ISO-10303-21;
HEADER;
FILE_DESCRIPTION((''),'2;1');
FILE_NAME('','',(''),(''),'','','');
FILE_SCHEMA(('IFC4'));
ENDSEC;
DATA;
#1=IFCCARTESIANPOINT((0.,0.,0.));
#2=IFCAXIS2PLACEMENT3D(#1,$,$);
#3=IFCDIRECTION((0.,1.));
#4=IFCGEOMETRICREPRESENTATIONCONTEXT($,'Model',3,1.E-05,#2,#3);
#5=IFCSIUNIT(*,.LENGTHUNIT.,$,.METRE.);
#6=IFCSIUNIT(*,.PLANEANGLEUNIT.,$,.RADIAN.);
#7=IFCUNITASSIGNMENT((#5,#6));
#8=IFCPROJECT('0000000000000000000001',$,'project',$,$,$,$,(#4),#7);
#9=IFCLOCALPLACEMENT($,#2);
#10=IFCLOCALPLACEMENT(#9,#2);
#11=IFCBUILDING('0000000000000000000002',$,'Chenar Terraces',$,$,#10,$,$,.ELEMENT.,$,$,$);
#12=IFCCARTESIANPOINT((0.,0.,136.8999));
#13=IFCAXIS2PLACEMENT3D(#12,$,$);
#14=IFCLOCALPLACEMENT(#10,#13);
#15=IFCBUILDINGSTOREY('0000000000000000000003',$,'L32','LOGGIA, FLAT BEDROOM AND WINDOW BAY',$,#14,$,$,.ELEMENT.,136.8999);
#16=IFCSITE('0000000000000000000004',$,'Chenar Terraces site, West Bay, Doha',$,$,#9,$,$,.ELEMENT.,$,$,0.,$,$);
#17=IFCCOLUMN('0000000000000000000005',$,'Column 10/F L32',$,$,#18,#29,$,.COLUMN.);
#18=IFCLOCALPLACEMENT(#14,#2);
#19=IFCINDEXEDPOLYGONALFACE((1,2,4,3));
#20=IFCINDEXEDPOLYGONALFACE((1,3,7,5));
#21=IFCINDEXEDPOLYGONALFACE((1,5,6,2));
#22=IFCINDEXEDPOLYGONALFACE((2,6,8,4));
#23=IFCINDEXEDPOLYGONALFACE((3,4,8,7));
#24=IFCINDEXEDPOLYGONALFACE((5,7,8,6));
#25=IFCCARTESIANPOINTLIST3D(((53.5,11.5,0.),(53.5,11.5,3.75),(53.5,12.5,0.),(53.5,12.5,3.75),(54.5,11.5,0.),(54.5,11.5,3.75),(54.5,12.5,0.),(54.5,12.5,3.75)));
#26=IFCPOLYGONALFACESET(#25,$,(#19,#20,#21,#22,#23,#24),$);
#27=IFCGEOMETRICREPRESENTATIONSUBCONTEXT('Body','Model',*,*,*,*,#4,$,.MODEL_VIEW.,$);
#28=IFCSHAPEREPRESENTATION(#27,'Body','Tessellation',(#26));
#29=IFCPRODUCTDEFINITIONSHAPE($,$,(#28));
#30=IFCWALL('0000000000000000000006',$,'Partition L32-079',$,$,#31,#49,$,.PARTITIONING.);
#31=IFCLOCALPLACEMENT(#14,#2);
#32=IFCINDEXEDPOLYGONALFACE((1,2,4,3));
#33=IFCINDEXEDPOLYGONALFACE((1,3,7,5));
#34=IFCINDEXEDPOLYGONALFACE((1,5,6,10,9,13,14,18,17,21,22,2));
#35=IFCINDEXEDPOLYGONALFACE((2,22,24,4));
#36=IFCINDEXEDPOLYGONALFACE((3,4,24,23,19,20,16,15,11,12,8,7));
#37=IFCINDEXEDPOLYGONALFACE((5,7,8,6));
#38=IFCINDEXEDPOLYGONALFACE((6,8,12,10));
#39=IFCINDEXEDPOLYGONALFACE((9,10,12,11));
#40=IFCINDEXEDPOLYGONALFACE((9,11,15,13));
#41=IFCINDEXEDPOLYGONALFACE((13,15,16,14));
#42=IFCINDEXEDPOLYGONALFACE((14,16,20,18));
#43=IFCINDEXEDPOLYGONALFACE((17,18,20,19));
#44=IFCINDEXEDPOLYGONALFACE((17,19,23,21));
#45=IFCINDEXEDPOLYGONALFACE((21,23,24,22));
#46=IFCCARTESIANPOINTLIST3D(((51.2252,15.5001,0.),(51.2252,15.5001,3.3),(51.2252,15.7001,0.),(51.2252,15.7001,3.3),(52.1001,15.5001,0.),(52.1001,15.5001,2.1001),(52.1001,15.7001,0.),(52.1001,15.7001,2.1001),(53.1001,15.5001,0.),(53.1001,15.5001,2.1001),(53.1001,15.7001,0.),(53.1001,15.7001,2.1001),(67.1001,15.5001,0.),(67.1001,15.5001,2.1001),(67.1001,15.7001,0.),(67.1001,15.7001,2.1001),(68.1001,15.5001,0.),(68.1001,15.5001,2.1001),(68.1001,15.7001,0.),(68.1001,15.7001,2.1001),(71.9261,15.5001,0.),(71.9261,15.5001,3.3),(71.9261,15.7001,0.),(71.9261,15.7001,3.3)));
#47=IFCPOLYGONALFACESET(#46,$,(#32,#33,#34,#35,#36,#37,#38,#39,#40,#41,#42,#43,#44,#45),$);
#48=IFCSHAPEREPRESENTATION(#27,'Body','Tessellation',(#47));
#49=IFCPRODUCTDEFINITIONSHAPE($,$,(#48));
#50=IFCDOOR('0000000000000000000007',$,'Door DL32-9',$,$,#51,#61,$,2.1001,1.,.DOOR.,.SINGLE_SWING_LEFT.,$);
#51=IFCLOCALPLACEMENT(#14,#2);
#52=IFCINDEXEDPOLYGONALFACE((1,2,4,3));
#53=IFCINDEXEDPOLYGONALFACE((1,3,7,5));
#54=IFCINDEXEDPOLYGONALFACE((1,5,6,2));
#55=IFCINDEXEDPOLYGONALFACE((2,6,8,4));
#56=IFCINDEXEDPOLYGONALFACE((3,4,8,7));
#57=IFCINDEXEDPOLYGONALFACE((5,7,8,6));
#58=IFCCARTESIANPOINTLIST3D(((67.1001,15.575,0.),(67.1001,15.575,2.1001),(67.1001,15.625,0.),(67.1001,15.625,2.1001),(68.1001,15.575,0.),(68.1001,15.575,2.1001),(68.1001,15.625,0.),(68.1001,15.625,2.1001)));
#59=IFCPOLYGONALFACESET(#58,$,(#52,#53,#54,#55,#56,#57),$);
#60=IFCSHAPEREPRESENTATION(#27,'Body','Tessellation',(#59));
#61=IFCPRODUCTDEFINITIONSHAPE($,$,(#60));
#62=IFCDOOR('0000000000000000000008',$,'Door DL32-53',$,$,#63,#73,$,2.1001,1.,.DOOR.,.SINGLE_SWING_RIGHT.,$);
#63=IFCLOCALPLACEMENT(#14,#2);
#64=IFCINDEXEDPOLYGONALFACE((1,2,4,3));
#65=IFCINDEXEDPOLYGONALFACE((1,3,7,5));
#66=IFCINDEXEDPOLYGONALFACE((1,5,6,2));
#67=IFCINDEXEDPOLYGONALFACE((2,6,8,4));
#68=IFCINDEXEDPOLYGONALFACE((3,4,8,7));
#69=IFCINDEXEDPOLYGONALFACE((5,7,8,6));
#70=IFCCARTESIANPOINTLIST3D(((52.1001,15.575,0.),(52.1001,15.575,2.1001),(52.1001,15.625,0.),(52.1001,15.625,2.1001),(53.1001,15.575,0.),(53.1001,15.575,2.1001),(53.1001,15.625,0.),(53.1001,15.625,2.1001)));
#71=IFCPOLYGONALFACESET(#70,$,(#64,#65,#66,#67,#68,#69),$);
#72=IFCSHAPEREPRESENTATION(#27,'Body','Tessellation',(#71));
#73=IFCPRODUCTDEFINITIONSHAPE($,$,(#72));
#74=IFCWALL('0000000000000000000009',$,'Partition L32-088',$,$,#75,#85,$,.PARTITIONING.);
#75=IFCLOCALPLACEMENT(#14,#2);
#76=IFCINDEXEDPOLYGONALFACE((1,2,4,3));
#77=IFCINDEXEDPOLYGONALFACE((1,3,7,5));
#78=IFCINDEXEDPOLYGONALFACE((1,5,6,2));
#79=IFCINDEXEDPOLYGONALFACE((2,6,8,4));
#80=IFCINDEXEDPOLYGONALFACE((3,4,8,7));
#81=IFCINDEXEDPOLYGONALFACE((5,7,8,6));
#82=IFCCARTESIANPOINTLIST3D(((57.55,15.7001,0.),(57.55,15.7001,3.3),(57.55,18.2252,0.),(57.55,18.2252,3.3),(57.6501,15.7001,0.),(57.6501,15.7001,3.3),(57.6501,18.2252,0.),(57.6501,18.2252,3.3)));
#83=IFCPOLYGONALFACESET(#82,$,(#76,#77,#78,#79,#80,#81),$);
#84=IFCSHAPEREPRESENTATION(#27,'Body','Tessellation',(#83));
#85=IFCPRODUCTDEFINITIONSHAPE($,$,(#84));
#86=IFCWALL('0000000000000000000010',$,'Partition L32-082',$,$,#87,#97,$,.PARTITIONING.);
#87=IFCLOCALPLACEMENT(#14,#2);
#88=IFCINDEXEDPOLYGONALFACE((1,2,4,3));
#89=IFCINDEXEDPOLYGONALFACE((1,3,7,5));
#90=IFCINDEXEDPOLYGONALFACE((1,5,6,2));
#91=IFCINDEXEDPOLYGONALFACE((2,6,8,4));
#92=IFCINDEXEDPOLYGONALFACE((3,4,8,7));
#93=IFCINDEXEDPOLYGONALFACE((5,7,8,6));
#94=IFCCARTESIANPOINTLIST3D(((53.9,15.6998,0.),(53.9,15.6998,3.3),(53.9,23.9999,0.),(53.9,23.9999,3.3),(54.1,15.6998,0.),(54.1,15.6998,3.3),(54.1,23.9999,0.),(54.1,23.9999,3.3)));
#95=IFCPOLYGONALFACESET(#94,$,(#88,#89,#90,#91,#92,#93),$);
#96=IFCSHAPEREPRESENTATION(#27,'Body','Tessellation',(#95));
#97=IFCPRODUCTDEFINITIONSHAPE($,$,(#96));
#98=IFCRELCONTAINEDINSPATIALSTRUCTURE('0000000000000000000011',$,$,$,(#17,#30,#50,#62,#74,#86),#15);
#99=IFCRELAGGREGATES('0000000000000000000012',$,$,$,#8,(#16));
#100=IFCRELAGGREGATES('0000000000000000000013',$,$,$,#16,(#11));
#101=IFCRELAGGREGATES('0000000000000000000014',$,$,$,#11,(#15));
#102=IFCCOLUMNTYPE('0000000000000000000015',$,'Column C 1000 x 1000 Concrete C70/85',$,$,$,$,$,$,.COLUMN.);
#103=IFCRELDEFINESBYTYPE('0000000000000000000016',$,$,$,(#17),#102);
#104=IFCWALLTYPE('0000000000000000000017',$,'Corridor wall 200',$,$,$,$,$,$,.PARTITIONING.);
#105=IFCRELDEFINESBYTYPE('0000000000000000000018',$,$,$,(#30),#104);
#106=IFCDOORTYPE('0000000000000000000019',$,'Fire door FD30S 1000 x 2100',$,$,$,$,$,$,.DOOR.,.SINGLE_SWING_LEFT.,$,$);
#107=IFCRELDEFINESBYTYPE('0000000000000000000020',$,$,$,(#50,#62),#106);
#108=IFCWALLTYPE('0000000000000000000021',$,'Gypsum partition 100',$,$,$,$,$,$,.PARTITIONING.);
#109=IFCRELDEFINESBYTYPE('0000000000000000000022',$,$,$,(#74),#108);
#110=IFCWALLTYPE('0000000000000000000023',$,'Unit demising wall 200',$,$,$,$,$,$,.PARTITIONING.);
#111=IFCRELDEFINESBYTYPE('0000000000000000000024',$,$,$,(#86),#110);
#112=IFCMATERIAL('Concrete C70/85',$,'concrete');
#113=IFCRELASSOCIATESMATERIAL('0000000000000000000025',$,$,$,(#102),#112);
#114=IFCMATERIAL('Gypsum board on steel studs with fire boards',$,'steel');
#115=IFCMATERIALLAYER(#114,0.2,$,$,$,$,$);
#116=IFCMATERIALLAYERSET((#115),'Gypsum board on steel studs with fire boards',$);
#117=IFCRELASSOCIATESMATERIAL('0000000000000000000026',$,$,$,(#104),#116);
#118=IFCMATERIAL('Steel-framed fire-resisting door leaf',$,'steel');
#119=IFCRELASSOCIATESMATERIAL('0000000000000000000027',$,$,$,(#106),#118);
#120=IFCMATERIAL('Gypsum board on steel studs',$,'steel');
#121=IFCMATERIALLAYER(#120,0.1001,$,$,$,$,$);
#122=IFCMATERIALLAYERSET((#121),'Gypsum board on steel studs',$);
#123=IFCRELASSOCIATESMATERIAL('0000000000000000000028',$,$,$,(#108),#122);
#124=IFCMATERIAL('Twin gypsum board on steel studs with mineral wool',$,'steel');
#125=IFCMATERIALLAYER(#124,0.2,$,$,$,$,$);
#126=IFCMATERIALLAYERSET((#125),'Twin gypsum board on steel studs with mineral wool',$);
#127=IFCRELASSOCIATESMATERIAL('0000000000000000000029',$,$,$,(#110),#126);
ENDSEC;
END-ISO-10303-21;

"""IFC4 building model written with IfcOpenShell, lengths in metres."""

from ifc_helpers import new_model, si_unit, direction, frame, frame_2d, origin, origin_2d, place, context, subcontext, project, spatial, rectangle, extrude, material, layer, layer_set, material_profile, profile_set, type_object, element, fill, save


model = new_model("IFC4")

# Units and contexts
model_context = context("Model", 3, precision=1e-05, world=origin(), true_north=direction((0.0, 1.0)))
body_context = subcontext(model_context, "Body", "Model", "MODEL_VIEW")
ifc_project = project(units=[si_unit("LENGTHUNIT", "METRE"), si_unit("PLANEANGLEUNIT", "RADIAN")], contexts=[model_context])

# Site, building, storey
site_placement = place(None, origin())
site = spatial("IfcSite", under=ifc_project, at=site_placement, Name="Chenar Terraces site, West Bay, Doha", CompositionType="ELEMENT", RefElevation=0.0)
building_placement = place(site_placement, origin())
building = spatial("IfcBuilding", under=site, at=building_placement, Name="Chenar Terraces", CompositionType="ELEMENT")
storey_placement = place(building_placement, frame((0.0, 0.0, 136.8999)))
storey = spatial("IfcBuildingStorey", under=building, at=storey_placement, Name="L32", Description="LOGGIA, FLAT BEDROOM AND WINDOW BAY", CompositionType="ELEMENT", Elevation=136.8999)

# Column
ifc_material_1 = material(Name="Concrete C70/85", Category="concrete")
ifc_material_profile = material_profile(ifc_material_1, rectangle(XDim=1.0, YDim=1.0, at=origin_2d()), Name="C 1000 x 1000")
ifc_profile_set = profile_set([ifc_material_profile], Name="Concrete C70/85")
column_type = type_object("IfcColumnType", Name="Column C 1000 x 1000 Concrete C70/85", PredefinedType="COLUMN", material=ifc_profile_set)
column_placement = place(storey_placement, frame((54.0, 12.0, 0.0), z_axis=(0.0, 0.0, 1.0), x_axis=(1.0, 0.0, 0.0)))
element("IfcColumn", 1, at=column_placement, inside=storey, type_object=column_type, Name="Column 10/F L32", PredefinedType="COLUMN", context=body_context, shape_type="SweptSolid", body=[
    extrude(rectangle(XDim=1.0, YDim=1.0, at=origin_2d()), origin(), (0.0, 0.0, 1.0), 3.75),
])

# Wall, openings, doors
ifc_material_2 = material(Name="Gypsum board on steel studs with fire boards", Category="steel")
ifc_layer_1 = layer(ifc_material_2, 0.2)
ifc_layer_set_1 = layer_set([ifc_layer_1], Name="Gypsum board on steel studs with fire boards")
wall_type_1 = type_object("IfcWallType", Name="Corridor wall 200", PredefinedType="PARTITIONING", material=ifc_layer_set_1)
wall_1_placement = place(storey_placement, frame((51.2251, 15.6001, 0.0), z_axis=(0.0, 0.0, 1.0), x_axis=(1.0, 0.0, 0.0)))
wall_1 = element("IfcWall", 2, at=wall_1_placement, inside=storey, type_object=wall_type_1, Name="Partition L32-079", PredefinedType="PARTITIONING", context=body_context, shape_type="SweptSolid", body=[
    extrude(rectangle(XDim=20.7009, YDim=0.2, at=frame_2d((10.3506, 0.0))), origin(), (0.0, 0.0, 1.0), 3.3),
])
opening_1_placement = place(wall_1_placement, frame((15.875, 0.0, 0.0)))
opening_1 = element("IfcOpeningElement", 3, at=opening_1_placement, cuts=wall_1, PredefinedType="OPENING", context=body_context, shape_type="SweptSolid", body=[
    extrude(rectangle(XDim=1.0, YDim=2.1001, at=frame_2d((0.5, 1.05))), frame((0.0, 0.1099, 0.0), z_axis=(0.0, -1.0, 0.0), x_axis=(1.0, 0.0, 0.0)), (0.0, 0.0, 1.0), 0.22),
])
opening_2_placement = place(wall_1_placement, frame((0.875, 0.0, 0.0)))
opening_2 = element("IfcOpeningElement", 4, at=opening_2_placement, cuts=wall_1, PredefinedType="OPENING", context=body_context, shape_type="SweptSolid", body=[
    extrude(rectangle(XDim=1.0, YDim=2.1001, at=frame_2d((0.5, 1.05))), frame((0.0, 0.1099, 0.0), z_axis=(0.0, -1.0, 0.0), x_axis=(1.0, 0.0, 0.0)), (0.0, 0.0, 1.0), 0.22),
])
ifc_material_3 = material(Name="Steel-framed fire-resisting door leaf", Category="steel")
door_type_1 = type_object("IfcDoorType", Name="Fire door FD30S 1000 x 2100", OperationType="SINGLE_SWING_LEFT", PredefinedType="DOOR", material=ifc_material_3)
door_1_placement = place(opening_1_placement, origin())
door_1 = element("IfcDoor", 5, at=door_1_placement, inside=storey, type_object=door_type_1, Name="Door DL32-9", OperationType="SINGLE_SWING_LEFT", OverallHeight=2.1001, OverallWidth=1.0, PredefinedType="DOOR", context=body_context, shape_type="SweptSolid", body=[
    extrude(rectangle(XDim=1.0, YDim=2.1001, at=frame_2d((0.5, 1.05))), frame((0.0, 0.0249, 0.0), z_axis=(0.0, -1.0, 0.0), x_axis=(1.0, 0.0, 0.0)), (0.0, 0.0, 1.0), 0.05),
])
fill(opening_1, door_1)
door_2_placement = place(opening_2_placement, origin())
door_2 = element("IfcDoor", 6, at=door_2_placement, inside=storey, type_object=door_type_1, Name="Door DL32-53", OperationType="SINGLE_SWING_RIGHT", OverallHeight=2.1001, OverallWidth=1.0, PredefinedType="DOOR", context=body_context, shape_type="SweptSolid", body=[
    extrude(rectangle(XDim=1.0, YDim=2.1001, at=frame_2d((0.5, 1.05))), frame((0.0, 0.0249, 0.0), z_axis=(0.0, -1.0, 0.0), x_axis=(1.0, 0.0, 0.0)), (0.0, 0.0, 1.0), 0.05),
])
fill(opening_2, door_2)

# Walls
ifc_material_4 = material(Name="Gypsum board on steel studs", Category="steel")
ifc_layer_2 = layer(ifc_material_4, 0.1001)
ifc_layer_set_2 = layer_set([ifc_layer_2], Name="Gypsum board on steel studs")
wall_type_2 = type_object("IfcWallType", Name="Gypsum partition 100", PredefinedType="PARTITIONING", material=ifc_layer_set_2)
wall_2_placement = place(storey_placement, frame((57.6001, 15.7, 0.0), z_axis=(0.0, 0.0, 1.0), x_axis=(0.0, 1.0, 0.0)))
element("IfcWall", 7, at=wall_2_placement, inside=storey, type_object=wall_type_2, Name="Partition L32-088", PredefinedType="PARTITIONING", context=body_context, shape_type="SweptSolid", body=[
    extrude(rectangle(XDim=2.5251, YDim=0.1001, at=frame_2d((1.2627, 0.0))), origin(), (0.0, 0.0, 1.0), 3.3),
])
ifc_material_5 = material(Name="Twin gypsum board on steel studs with mineral wool", Category="steel")
ifc_layer_3 = layer(ifc_material_5, 0.2)
ifc_layer_set_3 = layer_set([ifc_layer_3], Name="Twin gypsum board on steel studs with mineral wool")
wall_type_3 = type_object("IfcWallType", Name="Unit demising wall 200", PredefinedType="PARTITIONING", material=ifc_layer_set_3)
wall_3_placement = place(storey_placement, frame((54.0, 15.7, 0.0), z_axis=(0.0, 0.0, 1.0), x_axis=(0.0, 1.0, 0.0)))
element("IfcWall", 8, at=wall_3_placement, inside=storey, type_object=wall_type_3, Name="Partition L32-082", PredefinedType="PARTITIONING", context=body_context, shape_type="SweptSolid", body=[
    extrude(rectangle(XDim=8.3, YDim=0.2, at=frame_2d((4.1499, 0.0))), origin(), (0.0, 0.0, 1.0), 3.3),
])

save(model, "model.ifc")
